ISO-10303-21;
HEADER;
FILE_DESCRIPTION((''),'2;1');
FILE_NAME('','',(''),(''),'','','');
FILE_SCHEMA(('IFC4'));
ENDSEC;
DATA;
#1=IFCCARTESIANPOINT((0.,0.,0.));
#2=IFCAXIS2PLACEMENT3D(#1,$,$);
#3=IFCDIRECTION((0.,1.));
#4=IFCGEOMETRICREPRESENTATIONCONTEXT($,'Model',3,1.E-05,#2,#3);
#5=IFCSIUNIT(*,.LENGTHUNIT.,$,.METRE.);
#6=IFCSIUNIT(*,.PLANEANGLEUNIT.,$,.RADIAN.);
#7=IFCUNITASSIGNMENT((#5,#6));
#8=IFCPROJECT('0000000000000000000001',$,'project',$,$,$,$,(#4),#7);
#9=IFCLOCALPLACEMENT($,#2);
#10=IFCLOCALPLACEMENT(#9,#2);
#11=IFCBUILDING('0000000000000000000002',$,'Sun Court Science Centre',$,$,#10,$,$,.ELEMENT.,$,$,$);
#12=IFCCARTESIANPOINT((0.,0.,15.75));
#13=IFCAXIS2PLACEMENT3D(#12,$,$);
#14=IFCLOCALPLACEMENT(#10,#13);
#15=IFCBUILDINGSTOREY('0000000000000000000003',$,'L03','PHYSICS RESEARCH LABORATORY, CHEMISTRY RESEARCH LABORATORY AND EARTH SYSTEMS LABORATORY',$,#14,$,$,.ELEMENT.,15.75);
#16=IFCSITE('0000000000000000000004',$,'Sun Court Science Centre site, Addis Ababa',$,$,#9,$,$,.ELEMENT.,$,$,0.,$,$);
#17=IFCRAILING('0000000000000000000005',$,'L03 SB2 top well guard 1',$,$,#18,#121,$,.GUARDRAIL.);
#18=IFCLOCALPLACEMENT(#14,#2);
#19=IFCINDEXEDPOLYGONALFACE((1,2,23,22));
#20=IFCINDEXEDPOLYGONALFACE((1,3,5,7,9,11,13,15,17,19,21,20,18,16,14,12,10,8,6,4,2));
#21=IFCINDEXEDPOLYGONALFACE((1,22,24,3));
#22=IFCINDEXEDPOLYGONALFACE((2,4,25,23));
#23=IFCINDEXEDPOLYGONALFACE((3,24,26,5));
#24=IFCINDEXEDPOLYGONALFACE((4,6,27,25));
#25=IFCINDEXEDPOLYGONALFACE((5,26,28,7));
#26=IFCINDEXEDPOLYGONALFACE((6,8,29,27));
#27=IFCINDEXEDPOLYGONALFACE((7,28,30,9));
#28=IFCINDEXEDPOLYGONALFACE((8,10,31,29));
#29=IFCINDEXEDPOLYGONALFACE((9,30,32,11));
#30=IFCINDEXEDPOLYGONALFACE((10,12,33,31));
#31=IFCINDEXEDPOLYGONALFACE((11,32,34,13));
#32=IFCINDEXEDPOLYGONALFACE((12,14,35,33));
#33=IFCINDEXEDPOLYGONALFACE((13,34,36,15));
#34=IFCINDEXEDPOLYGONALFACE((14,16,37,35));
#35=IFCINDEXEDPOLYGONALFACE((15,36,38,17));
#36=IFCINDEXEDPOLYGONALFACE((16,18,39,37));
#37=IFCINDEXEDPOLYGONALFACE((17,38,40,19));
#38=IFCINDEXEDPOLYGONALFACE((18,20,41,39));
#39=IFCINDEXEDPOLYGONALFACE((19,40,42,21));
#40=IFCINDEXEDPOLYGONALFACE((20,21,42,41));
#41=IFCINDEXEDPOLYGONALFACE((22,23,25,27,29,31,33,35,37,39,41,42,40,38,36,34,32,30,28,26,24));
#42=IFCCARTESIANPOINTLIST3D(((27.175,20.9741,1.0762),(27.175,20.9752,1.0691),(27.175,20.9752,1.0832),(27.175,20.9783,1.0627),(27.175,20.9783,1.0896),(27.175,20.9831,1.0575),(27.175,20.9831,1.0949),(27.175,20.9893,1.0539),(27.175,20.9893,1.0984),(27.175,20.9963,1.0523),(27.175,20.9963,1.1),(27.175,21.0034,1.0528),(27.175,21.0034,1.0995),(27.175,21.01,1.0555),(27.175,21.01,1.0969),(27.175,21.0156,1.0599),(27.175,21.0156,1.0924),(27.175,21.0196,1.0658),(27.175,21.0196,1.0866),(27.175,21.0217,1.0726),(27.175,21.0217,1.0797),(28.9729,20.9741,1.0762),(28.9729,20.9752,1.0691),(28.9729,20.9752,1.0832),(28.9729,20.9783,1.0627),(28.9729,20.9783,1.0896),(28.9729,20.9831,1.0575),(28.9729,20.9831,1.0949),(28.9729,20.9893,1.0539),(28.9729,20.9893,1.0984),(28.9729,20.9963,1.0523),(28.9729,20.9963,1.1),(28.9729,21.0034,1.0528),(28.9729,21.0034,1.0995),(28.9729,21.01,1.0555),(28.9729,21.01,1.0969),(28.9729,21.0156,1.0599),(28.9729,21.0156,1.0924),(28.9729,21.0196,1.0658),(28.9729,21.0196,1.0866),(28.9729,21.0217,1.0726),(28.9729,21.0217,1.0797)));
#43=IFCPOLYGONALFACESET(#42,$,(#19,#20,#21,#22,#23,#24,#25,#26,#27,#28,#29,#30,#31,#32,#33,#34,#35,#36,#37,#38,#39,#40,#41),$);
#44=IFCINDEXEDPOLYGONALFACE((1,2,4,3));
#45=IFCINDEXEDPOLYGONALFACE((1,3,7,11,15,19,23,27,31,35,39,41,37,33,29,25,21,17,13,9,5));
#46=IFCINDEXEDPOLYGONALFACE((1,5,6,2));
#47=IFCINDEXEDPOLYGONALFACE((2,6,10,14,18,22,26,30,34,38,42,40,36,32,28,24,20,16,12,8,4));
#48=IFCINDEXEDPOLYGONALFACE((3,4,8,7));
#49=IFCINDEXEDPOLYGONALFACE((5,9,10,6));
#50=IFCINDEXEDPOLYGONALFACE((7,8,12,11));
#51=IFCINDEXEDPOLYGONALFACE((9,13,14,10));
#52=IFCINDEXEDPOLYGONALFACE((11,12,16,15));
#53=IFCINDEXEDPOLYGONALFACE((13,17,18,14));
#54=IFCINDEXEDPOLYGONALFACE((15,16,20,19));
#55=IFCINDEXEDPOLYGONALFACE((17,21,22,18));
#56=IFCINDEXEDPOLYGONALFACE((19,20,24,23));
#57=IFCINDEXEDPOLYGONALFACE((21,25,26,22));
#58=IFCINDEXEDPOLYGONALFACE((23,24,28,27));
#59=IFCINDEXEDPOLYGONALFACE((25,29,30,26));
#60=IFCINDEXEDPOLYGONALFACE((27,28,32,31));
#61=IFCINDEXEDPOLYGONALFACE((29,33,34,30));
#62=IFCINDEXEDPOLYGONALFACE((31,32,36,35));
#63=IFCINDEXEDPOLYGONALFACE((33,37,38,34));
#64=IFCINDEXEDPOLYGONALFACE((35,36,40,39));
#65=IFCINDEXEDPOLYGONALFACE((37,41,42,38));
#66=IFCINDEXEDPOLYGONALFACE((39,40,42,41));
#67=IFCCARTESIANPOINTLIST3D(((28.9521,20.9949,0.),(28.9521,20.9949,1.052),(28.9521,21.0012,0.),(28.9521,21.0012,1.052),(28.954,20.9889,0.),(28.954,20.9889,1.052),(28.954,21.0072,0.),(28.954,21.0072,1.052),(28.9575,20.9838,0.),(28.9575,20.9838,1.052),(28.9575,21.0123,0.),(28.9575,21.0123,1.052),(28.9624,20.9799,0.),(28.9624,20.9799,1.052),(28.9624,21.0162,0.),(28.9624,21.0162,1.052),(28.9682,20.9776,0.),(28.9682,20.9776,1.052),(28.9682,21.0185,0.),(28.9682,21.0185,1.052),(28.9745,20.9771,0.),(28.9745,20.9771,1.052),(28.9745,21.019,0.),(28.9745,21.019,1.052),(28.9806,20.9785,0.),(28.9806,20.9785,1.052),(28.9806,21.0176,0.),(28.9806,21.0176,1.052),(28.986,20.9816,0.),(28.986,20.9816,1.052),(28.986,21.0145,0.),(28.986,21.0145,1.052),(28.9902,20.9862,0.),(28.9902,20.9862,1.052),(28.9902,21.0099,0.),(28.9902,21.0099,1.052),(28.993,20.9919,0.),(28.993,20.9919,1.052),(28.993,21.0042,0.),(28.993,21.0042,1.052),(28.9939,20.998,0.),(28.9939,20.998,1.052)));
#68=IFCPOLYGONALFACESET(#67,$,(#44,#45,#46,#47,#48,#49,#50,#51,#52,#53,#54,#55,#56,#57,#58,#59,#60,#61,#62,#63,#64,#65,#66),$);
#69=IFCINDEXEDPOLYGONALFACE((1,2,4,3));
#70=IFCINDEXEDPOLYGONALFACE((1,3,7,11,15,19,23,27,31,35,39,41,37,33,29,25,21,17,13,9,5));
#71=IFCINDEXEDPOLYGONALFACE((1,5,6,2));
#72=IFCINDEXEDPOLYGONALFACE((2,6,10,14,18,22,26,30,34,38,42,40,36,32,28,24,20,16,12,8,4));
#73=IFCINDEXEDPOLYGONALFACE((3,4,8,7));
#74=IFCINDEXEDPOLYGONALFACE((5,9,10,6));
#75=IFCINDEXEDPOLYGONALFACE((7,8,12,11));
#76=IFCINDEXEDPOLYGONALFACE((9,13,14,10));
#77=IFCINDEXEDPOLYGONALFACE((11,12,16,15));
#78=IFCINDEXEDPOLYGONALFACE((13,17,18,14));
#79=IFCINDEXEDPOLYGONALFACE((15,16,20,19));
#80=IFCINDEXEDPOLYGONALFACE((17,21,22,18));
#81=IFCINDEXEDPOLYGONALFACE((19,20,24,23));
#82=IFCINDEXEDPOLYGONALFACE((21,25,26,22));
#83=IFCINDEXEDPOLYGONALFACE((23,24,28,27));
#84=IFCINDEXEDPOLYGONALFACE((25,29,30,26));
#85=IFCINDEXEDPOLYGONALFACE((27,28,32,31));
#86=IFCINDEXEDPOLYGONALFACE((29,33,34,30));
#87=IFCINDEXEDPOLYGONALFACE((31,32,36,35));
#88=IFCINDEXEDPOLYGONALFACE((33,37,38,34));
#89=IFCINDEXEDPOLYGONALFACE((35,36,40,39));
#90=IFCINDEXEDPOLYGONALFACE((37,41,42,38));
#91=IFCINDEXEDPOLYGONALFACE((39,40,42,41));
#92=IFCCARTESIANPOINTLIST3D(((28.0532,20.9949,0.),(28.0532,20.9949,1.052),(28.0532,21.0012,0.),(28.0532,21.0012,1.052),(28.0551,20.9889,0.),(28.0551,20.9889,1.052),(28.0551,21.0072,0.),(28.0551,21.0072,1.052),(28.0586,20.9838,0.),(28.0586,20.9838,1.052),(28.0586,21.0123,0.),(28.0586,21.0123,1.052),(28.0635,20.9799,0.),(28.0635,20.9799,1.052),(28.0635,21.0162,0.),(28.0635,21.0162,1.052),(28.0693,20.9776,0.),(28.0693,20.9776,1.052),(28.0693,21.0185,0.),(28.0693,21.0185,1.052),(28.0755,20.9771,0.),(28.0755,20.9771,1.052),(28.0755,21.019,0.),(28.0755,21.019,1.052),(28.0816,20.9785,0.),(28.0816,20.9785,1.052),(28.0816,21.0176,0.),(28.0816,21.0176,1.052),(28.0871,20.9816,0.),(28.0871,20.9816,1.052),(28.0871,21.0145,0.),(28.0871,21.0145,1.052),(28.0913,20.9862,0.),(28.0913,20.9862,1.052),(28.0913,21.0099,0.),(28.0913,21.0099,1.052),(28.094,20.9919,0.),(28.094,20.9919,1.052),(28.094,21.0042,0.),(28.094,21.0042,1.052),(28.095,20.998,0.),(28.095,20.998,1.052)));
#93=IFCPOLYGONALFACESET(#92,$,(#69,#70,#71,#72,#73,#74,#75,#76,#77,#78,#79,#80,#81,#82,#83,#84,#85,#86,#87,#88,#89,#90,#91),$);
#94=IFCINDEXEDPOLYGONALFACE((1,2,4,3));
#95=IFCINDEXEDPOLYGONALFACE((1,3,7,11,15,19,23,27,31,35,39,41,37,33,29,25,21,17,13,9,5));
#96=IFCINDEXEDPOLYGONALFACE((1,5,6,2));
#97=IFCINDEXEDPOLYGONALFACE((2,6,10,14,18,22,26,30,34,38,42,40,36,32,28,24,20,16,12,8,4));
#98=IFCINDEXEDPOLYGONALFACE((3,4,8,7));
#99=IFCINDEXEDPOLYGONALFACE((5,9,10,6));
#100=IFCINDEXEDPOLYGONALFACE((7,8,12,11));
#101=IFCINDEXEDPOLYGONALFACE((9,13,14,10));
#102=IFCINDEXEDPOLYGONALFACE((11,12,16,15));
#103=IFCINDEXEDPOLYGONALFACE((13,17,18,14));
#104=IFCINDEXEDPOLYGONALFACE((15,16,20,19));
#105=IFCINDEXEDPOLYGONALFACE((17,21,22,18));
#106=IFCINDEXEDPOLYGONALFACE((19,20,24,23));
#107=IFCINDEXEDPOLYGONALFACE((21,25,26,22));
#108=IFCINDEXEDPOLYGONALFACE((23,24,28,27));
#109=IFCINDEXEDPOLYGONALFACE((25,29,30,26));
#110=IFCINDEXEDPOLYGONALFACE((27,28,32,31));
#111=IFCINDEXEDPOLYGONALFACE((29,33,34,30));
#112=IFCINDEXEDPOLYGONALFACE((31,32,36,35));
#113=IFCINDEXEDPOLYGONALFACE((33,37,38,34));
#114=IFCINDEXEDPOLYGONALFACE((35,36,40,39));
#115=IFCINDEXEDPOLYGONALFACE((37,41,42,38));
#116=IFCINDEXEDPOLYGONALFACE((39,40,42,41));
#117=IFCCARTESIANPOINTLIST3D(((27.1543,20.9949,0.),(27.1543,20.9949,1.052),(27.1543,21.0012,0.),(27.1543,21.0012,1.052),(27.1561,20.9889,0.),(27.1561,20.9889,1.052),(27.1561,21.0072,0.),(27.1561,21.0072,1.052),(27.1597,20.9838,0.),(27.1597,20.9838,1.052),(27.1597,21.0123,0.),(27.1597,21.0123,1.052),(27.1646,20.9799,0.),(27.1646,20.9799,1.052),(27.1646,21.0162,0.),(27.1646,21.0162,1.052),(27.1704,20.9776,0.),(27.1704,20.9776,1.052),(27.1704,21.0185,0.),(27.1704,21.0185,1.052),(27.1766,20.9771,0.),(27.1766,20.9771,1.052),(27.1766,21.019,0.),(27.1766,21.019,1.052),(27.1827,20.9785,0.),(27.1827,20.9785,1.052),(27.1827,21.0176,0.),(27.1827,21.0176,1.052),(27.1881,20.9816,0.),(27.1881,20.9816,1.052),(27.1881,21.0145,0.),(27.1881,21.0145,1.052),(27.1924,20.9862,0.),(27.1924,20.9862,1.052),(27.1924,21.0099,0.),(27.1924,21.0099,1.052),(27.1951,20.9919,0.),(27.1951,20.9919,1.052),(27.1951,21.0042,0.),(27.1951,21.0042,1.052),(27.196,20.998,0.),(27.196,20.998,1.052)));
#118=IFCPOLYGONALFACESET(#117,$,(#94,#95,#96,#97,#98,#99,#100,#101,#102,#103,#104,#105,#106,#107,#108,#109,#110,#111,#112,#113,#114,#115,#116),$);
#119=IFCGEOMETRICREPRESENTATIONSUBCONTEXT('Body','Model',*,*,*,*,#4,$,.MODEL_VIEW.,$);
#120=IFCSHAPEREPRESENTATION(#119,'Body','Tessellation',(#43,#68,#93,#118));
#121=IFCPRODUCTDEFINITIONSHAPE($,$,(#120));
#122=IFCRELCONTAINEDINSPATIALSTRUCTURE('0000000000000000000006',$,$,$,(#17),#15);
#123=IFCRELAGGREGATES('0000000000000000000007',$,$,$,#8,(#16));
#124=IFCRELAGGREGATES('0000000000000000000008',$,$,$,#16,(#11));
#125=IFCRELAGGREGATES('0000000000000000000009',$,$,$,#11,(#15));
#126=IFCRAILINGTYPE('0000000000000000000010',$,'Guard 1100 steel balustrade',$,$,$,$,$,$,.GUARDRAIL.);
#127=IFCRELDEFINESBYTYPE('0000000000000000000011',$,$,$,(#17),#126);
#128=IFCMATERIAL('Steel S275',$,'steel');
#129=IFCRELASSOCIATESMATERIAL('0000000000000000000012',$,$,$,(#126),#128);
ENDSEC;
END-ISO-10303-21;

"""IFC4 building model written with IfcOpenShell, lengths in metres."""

from ifc_helpers import new_model, si_unit, direction, frame, origin, origin_2d, place, context, subcontext, project, spatial, circle, extrude, material, type_object, element, save


model = new_model("IFC4")

# Units and contexts
model_context = context("Model", 3, precision=1e-05, world=origin(), true_north=direction((0.0, 1.0)))
body_context = subcontext(model_context, "Body", "Model", "MODEL_VIEW")
ifc_project = project(units=[si_unit("LENGTHUNIT", "METRE"), si_unit("PLANEANGLEUNIT", "RADIAN")], contexts=[model_context])

# Site, building, storey
site_placement = place(None, origin())
site = spatial("IfcSite", under=ifc_project, at=site_placement, Name="Sun Court Science Centre site, Addis Ababa", CompositionType="ELEMENT", RefElevation=0.0)
building_placement = place(site_placement, origin())
building = spatial("IfcBuilding", under=site, at=building_placement, Name="Sun Court Science Centre", CompositionType="ELEMENT")
storey_placement = place(building_placement, frame((0.0, 0.0, 15.75)))
storey = spatial("IfcBuildingStorey", under=building, at=storey_placement, Name="L03", Description="PHYSICS RESEARCH LABORATORY, CHEMISTRY RESEARCH LABORATORY AND EARTH SYSTEMS LABORATORY", CompositionType="ELEMENT", Elevation=15.75)

# Railing
ifc_material_1 = material(Name="Steel S275", Category="steel")
railing_type = type_object("IfcRailingType", Name="Guard 1100 steel balustrade", PredefinedType="GUARDRAIL", material=ifc_material_1)
railing_1_placement = place(storey_placement, frame((28.9729, 20.998, 0.0)))
element("IfcRailing", 1, at=railing_1_placement, inside=storey, type_object=railing_type, Name="L03 SB2 top well guard 1", PredefinedType="GUARDRAIL", context=body_context, shape_type="SweptSolid", body=[
    extrude(circle(Radius=0.0239, at=origin_2d()), frame((0.0, 0.0, 1.0762), z_axis=(-1.0, 0.0, 0.0), x_axis=(0.0, -1.0, 0.0)), (0.0, 0.0, 1.0), 1.7979),
    extrude(circle(Radius=0.021, at=origin_2d()), origin(), (0.0, 0.0, 1.0), 1.052),
    extrude(circle(Radius=0.021, at=origin_2d()), frame((-0.8989, 0.0, 0.0)), (0.0, 0.0, 1.0), 1.052),
    extrude(circle(Radius=0.021, at=origin_2d()), frame((-1.7979, 0.0, 0.0)), (0.0, 0.0, 1.0), 1.052),
])

save(model, "model.ifc")
